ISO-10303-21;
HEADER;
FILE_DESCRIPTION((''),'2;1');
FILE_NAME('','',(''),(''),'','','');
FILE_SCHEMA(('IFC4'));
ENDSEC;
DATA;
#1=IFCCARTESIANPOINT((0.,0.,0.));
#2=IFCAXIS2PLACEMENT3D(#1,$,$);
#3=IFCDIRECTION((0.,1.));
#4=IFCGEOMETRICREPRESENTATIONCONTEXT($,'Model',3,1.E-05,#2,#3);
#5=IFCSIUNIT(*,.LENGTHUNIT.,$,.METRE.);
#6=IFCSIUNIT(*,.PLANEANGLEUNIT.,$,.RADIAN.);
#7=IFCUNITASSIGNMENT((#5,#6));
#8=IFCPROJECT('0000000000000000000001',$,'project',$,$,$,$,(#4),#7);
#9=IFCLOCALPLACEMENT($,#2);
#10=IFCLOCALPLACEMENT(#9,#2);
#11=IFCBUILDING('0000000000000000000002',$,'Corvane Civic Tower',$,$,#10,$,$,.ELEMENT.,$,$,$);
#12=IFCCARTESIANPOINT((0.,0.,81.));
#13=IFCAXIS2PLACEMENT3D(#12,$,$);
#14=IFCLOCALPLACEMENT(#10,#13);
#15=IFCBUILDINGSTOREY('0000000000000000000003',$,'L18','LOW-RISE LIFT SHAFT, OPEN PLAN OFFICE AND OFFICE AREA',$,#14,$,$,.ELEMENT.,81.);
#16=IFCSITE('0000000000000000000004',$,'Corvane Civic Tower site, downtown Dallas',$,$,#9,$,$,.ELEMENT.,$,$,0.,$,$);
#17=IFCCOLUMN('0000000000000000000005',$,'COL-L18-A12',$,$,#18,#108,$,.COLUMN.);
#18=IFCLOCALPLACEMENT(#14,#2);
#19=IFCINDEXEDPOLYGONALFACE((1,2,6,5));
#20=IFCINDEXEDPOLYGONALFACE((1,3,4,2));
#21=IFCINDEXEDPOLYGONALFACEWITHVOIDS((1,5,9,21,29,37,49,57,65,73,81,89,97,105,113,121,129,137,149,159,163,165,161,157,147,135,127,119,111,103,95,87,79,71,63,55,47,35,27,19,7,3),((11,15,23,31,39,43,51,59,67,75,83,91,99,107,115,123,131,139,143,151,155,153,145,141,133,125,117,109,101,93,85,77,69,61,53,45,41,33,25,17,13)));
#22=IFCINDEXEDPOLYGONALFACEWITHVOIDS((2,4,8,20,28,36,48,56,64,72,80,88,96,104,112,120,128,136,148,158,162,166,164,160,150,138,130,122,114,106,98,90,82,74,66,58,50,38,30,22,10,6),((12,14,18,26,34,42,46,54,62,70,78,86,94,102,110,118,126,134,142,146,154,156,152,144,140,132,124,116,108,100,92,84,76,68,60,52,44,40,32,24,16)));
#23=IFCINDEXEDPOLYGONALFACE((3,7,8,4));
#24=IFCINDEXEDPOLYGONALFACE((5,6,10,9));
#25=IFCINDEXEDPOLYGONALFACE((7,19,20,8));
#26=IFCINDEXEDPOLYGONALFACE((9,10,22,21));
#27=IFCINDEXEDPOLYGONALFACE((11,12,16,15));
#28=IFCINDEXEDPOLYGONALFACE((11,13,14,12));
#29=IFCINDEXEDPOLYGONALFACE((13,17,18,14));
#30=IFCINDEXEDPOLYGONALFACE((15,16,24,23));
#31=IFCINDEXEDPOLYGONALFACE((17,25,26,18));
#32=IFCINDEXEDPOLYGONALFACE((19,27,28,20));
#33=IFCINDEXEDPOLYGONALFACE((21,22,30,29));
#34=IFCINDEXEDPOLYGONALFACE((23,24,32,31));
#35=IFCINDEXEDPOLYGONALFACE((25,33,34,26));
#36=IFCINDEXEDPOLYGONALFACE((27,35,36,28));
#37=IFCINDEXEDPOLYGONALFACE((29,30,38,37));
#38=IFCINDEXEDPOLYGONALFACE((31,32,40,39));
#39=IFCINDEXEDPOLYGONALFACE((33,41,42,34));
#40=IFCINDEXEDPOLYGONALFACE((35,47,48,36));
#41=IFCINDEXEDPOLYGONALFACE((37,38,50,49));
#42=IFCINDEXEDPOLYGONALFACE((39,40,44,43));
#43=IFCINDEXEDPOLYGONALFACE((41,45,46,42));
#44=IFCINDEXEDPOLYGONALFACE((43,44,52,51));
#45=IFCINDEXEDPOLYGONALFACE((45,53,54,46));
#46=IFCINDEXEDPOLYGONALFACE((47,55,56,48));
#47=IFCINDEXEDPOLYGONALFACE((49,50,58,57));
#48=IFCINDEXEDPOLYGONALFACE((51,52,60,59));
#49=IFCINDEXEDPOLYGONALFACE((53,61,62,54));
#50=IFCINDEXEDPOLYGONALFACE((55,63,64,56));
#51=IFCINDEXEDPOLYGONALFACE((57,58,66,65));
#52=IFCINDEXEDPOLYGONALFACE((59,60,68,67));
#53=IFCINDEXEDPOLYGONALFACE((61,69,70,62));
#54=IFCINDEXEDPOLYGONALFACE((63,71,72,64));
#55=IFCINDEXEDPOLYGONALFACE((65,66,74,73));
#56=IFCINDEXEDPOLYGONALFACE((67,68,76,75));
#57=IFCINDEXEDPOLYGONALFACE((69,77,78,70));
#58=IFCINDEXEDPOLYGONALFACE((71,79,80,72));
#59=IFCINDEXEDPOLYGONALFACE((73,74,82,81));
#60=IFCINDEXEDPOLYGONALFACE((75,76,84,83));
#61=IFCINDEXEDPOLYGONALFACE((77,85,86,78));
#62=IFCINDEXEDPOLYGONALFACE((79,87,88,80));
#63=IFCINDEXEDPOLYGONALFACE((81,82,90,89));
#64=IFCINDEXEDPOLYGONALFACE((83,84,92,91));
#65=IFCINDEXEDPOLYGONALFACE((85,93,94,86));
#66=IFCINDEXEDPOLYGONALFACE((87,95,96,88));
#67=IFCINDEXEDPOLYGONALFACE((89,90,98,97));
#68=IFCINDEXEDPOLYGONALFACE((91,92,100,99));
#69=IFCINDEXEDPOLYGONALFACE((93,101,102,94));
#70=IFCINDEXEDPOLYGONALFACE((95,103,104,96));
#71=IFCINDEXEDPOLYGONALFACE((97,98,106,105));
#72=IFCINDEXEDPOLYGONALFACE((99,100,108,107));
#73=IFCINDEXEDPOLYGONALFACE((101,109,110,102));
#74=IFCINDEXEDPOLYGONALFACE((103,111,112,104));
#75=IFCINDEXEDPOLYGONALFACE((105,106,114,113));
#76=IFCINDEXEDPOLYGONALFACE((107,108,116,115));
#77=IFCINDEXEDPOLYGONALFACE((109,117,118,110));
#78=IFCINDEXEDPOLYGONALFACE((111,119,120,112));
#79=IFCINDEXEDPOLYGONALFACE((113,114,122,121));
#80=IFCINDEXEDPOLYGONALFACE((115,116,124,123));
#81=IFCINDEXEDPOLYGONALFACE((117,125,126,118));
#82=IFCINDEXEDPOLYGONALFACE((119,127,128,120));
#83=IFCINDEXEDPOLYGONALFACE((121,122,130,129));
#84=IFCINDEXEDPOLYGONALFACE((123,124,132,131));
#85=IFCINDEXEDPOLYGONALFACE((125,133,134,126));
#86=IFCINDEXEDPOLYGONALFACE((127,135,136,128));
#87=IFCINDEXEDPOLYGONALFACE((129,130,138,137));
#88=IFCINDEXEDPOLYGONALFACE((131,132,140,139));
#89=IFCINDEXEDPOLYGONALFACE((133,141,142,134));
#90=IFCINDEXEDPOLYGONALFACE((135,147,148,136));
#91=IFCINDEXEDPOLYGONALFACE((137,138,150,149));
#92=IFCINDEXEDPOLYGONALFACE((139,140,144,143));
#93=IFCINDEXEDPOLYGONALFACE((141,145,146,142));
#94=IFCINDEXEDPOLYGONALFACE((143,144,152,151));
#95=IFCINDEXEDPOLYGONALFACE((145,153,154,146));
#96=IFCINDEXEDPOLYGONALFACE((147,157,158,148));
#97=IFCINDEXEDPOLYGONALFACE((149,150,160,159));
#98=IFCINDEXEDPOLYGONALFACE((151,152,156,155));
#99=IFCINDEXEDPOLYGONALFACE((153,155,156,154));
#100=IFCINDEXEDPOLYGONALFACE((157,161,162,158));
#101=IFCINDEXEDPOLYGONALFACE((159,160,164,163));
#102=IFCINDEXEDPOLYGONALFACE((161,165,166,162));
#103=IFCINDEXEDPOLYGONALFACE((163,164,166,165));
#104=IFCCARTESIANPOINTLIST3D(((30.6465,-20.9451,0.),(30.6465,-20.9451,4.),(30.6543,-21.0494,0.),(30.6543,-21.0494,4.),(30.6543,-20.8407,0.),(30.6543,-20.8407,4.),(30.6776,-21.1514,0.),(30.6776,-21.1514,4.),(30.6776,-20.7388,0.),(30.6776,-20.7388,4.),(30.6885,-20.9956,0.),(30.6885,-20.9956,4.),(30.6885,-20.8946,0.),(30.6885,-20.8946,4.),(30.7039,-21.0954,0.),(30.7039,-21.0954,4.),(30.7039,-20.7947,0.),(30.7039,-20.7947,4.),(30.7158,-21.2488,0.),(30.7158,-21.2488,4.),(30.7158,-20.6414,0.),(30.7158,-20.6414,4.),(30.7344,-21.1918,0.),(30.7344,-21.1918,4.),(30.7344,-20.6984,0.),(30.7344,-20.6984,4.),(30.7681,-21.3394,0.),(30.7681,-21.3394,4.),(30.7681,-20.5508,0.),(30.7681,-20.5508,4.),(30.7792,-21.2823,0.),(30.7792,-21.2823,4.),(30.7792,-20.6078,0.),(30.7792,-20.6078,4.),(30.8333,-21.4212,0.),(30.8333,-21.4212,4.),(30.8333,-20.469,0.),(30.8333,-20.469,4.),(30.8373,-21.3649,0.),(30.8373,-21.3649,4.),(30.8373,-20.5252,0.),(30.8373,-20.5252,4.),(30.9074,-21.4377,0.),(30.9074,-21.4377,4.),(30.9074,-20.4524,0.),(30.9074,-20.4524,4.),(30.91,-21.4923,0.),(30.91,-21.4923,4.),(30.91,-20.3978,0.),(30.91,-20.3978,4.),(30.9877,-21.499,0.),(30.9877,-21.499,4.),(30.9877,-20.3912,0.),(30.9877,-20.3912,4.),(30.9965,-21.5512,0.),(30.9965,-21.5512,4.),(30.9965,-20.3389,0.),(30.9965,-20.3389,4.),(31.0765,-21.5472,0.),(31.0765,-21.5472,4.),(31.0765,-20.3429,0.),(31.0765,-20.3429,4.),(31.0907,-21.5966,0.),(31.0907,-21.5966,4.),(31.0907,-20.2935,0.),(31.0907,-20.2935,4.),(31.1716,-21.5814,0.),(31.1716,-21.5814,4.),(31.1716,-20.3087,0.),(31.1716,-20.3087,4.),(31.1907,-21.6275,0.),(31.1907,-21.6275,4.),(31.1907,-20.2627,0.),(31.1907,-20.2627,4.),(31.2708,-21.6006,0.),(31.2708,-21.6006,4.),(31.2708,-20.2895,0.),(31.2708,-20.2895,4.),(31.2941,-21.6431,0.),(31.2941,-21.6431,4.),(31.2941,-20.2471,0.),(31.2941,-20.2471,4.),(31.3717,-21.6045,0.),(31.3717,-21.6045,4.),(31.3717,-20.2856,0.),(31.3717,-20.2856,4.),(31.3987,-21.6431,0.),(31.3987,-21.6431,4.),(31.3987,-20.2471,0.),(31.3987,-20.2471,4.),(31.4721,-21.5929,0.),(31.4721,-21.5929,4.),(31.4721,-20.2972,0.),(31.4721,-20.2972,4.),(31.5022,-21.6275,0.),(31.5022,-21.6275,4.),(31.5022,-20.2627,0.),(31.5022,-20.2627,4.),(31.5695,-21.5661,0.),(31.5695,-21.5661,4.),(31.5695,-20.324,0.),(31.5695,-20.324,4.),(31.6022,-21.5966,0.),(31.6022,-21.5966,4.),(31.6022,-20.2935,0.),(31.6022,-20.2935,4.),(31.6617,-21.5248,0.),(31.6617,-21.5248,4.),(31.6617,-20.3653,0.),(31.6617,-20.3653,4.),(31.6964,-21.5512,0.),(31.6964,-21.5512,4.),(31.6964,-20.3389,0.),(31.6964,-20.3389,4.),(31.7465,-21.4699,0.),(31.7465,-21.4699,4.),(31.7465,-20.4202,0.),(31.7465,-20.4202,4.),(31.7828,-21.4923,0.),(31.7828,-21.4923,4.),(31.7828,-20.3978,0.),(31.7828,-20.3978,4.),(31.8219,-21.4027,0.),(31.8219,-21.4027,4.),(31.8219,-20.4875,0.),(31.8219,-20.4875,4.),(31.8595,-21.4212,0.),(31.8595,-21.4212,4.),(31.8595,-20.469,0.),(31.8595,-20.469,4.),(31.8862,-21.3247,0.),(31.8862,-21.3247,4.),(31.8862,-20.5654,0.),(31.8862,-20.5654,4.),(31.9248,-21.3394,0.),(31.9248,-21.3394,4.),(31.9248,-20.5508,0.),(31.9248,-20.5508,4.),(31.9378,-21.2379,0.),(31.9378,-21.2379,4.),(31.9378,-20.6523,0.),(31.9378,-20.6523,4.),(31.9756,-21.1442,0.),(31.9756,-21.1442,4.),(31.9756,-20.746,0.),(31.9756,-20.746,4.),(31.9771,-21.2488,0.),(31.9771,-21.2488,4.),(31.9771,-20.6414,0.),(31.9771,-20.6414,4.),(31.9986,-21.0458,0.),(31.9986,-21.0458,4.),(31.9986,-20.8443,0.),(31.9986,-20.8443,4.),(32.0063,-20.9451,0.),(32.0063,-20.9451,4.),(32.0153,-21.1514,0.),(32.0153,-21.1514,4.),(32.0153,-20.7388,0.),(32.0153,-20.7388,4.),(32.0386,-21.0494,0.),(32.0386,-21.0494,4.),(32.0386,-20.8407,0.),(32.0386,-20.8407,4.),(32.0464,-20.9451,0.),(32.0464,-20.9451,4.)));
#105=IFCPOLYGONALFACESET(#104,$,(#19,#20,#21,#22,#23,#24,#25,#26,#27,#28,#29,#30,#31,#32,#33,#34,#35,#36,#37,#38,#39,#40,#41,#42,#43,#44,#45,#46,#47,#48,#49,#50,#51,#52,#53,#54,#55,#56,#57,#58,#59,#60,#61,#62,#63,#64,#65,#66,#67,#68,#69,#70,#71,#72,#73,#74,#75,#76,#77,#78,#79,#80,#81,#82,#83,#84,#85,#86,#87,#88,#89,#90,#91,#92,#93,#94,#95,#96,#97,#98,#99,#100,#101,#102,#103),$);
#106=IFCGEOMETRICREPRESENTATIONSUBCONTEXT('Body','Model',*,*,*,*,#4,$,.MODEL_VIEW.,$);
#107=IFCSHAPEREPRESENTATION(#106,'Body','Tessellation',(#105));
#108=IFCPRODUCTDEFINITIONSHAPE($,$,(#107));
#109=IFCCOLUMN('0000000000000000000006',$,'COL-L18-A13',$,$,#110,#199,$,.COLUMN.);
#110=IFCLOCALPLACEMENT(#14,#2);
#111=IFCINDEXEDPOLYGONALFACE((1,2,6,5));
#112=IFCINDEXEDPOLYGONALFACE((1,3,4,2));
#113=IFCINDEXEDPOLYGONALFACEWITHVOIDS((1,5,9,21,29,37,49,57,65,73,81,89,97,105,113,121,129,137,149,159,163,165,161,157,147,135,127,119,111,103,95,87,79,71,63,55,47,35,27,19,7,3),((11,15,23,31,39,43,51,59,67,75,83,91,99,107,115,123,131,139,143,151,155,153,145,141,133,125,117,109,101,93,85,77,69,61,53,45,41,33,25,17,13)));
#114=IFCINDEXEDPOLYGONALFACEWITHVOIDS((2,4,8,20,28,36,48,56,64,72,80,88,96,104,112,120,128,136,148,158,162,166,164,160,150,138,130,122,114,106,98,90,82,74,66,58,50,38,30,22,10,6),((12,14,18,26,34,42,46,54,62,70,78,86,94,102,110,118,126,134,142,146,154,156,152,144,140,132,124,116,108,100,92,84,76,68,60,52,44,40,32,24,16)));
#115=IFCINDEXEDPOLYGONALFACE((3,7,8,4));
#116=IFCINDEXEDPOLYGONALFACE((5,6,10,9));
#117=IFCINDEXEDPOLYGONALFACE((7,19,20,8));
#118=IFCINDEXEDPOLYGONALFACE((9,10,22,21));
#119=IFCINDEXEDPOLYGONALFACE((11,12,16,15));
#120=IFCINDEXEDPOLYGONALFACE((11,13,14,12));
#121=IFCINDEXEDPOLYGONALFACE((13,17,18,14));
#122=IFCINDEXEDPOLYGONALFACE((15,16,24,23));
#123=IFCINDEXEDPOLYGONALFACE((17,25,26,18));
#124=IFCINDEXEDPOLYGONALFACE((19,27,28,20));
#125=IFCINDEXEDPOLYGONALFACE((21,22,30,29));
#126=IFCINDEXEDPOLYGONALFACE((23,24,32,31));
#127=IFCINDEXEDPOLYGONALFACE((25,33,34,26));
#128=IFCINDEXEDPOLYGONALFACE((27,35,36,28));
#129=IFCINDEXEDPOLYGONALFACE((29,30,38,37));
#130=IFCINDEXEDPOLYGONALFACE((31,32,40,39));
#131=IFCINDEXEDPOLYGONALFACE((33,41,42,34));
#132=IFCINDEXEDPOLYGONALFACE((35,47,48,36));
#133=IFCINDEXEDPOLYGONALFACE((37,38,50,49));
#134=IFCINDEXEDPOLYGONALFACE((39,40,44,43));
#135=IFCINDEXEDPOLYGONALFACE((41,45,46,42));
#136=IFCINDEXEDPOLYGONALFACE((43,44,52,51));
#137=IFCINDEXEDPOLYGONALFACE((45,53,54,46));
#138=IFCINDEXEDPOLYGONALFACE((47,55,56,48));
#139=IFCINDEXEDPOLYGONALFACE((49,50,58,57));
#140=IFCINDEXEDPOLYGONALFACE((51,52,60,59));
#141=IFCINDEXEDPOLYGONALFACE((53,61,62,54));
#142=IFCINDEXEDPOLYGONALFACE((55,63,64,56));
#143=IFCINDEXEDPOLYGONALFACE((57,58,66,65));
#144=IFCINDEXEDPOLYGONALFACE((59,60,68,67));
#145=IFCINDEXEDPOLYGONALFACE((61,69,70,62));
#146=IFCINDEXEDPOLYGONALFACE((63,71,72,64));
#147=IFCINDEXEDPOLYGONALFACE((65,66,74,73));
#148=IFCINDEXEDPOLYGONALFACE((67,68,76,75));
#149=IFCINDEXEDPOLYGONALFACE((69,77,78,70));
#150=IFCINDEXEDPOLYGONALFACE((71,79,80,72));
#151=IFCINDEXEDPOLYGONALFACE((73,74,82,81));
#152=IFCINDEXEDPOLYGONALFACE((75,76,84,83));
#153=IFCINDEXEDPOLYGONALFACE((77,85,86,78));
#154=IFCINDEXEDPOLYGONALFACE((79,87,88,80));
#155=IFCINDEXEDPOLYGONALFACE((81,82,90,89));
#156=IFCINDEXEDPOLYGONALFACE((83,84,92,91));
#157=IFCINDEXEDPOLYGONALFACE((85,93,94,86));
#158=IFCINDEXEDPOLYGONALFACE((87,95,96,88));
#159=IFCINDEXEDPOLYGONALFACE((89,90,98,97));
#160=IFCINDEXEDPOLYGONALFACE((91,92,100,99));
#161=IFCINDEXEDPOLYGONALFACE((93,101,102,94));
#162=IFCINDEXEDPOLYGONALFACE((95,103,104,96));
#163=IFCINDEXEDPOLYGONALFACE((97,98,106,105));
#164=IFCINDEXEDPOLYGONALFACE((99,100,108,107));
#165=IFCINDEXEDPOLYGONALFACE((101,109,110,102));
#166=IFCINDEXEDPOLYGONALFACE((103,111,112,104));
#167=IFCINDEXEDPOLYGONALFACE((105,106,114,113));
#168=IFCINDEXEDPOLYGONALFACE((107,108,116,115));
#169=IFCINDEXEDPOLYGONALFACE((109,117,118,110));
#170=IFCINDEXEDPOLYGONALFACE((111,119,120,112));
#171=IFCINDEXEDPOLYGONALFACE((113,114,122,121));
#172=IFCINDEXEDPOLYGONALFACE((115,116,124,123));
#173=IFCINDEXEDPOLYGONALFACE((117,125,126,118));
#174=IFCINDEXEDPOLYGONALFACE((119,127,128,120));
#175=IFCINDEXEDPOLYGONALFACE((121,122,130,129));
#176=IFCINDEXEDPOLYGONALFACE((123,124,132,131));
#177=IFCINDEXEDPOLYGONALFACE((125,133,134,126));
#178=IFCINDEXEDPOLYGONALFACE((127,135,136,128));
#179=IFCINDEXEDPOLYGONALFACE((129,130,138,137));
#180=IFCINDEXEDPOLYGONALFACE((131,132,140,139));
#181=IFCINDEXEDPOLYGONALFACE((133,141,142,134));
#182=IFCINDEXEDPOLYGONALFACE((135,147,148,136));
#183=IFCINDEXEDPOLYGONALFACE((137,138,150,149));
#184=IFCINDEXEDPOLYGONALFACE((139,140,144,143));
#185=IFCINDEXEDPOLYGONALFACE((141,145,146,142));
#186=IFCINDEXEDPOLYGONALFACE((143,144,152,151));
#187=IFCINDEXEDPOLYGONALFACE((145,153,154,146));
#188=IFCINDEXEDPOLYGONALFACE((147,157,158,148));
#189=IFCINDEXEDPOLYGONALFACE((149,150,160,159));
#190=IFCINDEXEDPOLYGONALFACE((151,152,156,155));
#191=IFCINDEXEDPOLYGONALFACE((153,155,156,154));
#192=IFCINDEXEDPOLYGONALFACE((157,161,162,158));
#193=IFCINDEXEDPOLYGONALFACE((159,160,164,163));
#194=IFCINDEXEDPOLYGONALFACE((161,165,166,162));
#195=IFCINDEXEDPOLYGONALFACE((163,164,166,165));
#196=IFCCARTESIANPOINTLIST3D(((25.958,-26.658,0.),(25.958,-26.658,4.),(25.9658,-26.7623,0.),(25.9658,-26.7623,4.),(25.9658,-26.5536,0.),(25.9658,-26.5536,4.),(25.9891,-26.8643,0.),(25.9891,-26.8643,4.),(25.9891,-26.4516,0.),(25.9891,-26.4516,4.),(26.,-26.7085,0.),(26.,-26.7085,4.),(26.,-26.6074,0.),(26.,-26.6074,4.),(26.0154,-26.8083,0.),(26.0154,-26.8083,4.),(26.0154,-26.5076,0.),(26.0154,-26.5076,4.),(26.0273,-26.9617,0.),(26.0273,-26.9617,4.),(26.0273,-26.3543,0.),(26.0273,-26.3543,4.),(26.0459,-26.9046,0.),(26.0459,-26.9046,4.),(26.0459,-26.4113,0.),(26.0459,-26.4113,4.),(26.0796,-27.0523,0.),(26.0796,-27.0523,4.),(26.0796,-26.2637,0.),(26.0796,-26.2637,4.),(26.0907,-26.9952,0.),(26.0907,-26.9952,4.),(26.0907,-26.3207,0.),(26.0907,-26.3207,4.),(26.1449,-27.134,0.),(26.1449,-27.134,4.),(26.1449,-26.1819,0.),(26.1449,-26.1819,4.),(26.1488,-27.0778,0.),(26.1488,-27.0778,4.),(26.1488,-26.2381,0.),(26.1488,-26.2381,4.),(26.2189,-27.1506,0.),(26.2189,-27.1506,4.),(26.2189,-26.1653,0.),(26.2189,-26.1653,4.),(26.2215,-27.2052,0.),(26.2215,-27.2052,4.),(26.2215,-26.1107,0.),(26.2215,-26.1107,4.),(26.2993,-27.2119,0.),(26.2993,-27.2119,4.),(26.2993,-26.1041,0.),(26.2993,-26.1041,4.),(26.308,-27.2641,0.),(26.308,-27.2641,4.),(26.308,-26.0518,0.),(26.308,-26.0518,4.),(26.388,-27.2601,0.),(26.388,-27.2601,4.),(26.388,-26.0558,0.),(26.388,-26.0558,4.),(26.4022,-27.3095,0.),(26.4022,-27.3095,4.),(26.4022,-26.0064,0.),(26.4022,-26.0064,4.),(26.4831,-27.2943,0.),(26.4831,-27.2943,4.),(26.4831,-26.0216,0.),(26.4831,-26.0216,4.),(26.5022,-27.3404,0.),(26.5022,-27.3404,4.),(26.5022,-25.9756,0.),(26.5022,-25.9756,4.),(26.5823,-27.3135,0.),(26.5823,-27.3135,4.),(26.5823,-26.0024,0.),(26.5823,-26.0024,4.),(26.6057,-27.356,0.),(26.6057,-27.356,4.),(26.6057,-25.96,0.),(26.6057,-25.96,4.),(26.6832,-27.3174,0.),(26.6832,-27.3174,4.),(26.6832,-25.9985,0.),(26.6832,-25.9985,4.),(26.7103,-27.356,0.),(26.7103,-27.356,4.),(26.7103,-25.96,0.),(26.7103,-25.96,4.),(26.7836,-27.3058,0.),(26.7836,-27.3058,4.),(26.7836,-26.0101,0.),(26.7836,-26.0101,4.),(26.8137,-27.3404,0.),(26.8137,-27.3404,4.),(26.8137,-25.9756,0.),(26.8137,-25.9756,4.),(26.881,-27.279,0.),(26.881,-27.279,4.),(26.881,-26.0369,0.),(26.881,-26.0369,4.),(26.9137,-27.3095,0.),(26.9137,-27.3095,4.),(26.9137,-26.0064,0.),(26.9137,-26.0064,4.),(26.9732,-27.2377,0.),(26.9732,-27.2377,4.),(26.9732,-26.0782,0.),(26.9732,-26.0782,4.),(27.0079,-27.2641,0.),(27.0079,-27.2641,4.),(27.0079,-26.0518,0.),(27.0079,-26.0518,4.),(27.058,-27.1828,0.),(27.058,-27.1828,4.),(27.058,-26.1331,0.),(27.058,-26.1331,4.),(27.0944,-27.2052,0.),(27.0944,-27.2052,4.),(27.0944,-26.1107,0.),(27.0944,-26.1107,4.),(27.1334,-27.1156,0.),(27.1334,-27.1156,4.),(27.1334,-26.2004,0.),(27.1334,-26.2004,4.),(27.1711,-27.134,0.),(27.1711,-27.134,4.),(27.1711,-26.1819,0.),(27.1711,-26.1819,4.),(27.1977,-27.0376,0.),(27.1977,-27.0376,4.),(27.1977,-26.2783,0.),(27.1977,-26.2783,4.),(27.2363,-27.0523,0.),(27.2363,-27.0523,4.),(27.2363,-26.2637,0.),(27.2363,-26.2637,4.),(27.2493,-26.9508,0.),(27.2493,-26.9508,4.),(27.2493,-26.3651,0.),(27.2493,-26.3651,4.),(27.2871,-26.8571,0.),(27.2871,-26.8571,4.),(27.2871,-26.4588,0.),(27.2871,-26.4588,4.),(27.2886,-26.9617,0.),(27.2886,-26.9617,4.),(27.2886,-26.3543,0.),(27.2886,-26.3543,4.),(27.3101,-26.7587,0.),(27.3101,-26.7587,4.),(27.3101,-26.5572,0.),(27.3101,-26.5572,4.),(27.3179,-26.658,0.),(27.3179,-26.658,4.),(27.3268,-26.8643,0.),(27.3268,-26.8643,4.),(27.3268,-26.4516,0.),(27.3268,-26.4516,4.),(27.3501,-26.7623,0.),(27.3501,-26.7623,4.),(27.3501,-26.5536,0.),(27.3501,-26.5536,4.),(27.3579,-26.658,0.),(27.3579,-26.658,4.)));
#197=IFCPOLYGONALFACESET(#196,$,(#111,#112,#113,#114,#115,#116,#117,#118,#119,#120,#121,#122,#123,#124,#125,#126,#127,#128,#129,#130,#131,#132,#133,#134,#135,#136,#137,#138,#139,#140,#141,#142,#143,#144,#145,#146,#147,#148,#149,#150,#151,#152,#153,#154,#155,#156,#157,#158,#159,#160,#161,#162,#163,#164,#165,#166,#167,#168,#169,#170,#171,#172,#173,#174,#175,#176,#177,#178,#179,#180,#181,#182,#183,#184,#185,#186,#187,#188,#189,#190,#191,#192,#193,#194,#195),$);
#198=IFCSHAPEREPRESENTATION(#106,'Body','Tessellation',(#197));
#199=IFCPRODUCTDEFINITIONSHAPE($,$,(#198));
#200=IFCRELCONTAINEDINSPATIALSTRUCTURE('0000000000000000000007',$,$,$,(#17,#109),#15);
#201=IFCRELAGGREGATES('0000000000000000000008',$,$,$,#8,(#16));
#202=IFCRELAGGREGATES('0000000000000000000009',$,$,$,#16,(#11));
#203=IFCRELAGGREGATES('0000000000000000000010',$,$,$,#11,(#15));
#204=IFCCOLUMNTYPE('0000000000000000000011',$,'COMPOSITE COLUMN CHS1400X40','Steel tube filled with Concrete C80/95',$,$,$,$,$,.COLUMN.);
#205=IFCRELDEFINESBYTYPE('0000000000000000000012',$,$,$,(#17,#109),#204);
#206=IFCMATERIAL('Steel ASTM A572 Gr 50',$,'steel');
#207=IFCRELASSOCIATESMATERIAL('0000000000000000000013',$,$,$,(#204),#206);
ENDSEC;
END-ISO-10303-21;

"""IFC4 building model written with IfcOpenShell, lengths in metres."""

from ifc_helpers import new_model, si_unit, direction, frame, origin, origin_2d, place, context, subcontext, project, spatial, hollow_circle, extrude, material, material_profile, profile_set, type_object, element, save


model = new_model("IFC4")

# Units and contexts
model_context = context("Model", 3, precision=1e-05, world=origin(), true_north=direction((0.0, 1.0)))
body_context = subcontext(model_context, "Body", "Model", "MODEL_VIEW")
ifc_project = project(units=[si_unit("LENGTHUNIT", "METRE"), si_unit("PLANEANGLEUNIT", "RADIAN")], contexts=[model_context])

# Site, building, storey
site_placement = place(None, origin())
site = spatial("IfcSite", under=ifc_project, at=site_placement, Name="Corvane Civic Tower site, downtown Dallas", CompositionType="ELEMENT", RefElevation=0.0)
building_placement = place(site_placement, origin())
building = spatial("IfcBuilding", under=site, at=building_placement, Name="Corvane Civic Tower", CompositionType="ELEMENT")
storey_placement = place(building_placement, frame((0.0, 0.0, 81.0)))
storey = spatial("IfcBuildingStorey", under=building, at=storey_placement, Name="L18", Description="LOW-RISE LIFT SHAFT, OPEN PLAN OFFICE AND OFFICE AREA", CompositionType="ELEMENT", Elevation=81.0)

# Columns
ifc_material_1 = material(Name="Steel ASTM A572 Gr 50", Category="steel")
ifc_material_profile_1 = material_profile(ifc_material_1, hollow_circle(Radius=0.7, WallThickness=0.04, at=origin_2d()), Name="CHS1400X40")
ifc_profile_set_1 = profile_set([ifc_material_profile_1], Name="Steel ASTM A572 Gr 50")
column_type = type_object("IfcColumnType", Name="COMPOSITE COLUMN CHS1400X40", Description="Steel tube filled with Concrete C80/95", PredefinedType="COLUMN", material=ifc_profile_set_1)
for number, where, z_axis, x_axis, name in (
    (1, (31.3464, -20.9451, 0.0), (0.0, 0.0, 1.0), (1.0, 0.0, 0.0), "COL-L18-A12"),
    (2, (26.658, -26.658, 0.0), (0.0, 0.0, 1.0), (1.0, 0.0, 0.0), "COL-L18-A13"),
):
    element("IfcColumn", number, at=place(storey_placement, frame(where, z_axis=z_axis, x_axis=x_axis)), inside=storey, type_object=column_type, Name=name, PredefinedType="COLUMN", context=body_context, shape_type="SweptSolid", body=[
        extrude(hollow_circle(Radius=0.7, WallThickness=0.04, at=origin_2d()), origin(), (0.0, 0.0, 1.0), 4.0),
    ])

save(model, "model.ifc")
